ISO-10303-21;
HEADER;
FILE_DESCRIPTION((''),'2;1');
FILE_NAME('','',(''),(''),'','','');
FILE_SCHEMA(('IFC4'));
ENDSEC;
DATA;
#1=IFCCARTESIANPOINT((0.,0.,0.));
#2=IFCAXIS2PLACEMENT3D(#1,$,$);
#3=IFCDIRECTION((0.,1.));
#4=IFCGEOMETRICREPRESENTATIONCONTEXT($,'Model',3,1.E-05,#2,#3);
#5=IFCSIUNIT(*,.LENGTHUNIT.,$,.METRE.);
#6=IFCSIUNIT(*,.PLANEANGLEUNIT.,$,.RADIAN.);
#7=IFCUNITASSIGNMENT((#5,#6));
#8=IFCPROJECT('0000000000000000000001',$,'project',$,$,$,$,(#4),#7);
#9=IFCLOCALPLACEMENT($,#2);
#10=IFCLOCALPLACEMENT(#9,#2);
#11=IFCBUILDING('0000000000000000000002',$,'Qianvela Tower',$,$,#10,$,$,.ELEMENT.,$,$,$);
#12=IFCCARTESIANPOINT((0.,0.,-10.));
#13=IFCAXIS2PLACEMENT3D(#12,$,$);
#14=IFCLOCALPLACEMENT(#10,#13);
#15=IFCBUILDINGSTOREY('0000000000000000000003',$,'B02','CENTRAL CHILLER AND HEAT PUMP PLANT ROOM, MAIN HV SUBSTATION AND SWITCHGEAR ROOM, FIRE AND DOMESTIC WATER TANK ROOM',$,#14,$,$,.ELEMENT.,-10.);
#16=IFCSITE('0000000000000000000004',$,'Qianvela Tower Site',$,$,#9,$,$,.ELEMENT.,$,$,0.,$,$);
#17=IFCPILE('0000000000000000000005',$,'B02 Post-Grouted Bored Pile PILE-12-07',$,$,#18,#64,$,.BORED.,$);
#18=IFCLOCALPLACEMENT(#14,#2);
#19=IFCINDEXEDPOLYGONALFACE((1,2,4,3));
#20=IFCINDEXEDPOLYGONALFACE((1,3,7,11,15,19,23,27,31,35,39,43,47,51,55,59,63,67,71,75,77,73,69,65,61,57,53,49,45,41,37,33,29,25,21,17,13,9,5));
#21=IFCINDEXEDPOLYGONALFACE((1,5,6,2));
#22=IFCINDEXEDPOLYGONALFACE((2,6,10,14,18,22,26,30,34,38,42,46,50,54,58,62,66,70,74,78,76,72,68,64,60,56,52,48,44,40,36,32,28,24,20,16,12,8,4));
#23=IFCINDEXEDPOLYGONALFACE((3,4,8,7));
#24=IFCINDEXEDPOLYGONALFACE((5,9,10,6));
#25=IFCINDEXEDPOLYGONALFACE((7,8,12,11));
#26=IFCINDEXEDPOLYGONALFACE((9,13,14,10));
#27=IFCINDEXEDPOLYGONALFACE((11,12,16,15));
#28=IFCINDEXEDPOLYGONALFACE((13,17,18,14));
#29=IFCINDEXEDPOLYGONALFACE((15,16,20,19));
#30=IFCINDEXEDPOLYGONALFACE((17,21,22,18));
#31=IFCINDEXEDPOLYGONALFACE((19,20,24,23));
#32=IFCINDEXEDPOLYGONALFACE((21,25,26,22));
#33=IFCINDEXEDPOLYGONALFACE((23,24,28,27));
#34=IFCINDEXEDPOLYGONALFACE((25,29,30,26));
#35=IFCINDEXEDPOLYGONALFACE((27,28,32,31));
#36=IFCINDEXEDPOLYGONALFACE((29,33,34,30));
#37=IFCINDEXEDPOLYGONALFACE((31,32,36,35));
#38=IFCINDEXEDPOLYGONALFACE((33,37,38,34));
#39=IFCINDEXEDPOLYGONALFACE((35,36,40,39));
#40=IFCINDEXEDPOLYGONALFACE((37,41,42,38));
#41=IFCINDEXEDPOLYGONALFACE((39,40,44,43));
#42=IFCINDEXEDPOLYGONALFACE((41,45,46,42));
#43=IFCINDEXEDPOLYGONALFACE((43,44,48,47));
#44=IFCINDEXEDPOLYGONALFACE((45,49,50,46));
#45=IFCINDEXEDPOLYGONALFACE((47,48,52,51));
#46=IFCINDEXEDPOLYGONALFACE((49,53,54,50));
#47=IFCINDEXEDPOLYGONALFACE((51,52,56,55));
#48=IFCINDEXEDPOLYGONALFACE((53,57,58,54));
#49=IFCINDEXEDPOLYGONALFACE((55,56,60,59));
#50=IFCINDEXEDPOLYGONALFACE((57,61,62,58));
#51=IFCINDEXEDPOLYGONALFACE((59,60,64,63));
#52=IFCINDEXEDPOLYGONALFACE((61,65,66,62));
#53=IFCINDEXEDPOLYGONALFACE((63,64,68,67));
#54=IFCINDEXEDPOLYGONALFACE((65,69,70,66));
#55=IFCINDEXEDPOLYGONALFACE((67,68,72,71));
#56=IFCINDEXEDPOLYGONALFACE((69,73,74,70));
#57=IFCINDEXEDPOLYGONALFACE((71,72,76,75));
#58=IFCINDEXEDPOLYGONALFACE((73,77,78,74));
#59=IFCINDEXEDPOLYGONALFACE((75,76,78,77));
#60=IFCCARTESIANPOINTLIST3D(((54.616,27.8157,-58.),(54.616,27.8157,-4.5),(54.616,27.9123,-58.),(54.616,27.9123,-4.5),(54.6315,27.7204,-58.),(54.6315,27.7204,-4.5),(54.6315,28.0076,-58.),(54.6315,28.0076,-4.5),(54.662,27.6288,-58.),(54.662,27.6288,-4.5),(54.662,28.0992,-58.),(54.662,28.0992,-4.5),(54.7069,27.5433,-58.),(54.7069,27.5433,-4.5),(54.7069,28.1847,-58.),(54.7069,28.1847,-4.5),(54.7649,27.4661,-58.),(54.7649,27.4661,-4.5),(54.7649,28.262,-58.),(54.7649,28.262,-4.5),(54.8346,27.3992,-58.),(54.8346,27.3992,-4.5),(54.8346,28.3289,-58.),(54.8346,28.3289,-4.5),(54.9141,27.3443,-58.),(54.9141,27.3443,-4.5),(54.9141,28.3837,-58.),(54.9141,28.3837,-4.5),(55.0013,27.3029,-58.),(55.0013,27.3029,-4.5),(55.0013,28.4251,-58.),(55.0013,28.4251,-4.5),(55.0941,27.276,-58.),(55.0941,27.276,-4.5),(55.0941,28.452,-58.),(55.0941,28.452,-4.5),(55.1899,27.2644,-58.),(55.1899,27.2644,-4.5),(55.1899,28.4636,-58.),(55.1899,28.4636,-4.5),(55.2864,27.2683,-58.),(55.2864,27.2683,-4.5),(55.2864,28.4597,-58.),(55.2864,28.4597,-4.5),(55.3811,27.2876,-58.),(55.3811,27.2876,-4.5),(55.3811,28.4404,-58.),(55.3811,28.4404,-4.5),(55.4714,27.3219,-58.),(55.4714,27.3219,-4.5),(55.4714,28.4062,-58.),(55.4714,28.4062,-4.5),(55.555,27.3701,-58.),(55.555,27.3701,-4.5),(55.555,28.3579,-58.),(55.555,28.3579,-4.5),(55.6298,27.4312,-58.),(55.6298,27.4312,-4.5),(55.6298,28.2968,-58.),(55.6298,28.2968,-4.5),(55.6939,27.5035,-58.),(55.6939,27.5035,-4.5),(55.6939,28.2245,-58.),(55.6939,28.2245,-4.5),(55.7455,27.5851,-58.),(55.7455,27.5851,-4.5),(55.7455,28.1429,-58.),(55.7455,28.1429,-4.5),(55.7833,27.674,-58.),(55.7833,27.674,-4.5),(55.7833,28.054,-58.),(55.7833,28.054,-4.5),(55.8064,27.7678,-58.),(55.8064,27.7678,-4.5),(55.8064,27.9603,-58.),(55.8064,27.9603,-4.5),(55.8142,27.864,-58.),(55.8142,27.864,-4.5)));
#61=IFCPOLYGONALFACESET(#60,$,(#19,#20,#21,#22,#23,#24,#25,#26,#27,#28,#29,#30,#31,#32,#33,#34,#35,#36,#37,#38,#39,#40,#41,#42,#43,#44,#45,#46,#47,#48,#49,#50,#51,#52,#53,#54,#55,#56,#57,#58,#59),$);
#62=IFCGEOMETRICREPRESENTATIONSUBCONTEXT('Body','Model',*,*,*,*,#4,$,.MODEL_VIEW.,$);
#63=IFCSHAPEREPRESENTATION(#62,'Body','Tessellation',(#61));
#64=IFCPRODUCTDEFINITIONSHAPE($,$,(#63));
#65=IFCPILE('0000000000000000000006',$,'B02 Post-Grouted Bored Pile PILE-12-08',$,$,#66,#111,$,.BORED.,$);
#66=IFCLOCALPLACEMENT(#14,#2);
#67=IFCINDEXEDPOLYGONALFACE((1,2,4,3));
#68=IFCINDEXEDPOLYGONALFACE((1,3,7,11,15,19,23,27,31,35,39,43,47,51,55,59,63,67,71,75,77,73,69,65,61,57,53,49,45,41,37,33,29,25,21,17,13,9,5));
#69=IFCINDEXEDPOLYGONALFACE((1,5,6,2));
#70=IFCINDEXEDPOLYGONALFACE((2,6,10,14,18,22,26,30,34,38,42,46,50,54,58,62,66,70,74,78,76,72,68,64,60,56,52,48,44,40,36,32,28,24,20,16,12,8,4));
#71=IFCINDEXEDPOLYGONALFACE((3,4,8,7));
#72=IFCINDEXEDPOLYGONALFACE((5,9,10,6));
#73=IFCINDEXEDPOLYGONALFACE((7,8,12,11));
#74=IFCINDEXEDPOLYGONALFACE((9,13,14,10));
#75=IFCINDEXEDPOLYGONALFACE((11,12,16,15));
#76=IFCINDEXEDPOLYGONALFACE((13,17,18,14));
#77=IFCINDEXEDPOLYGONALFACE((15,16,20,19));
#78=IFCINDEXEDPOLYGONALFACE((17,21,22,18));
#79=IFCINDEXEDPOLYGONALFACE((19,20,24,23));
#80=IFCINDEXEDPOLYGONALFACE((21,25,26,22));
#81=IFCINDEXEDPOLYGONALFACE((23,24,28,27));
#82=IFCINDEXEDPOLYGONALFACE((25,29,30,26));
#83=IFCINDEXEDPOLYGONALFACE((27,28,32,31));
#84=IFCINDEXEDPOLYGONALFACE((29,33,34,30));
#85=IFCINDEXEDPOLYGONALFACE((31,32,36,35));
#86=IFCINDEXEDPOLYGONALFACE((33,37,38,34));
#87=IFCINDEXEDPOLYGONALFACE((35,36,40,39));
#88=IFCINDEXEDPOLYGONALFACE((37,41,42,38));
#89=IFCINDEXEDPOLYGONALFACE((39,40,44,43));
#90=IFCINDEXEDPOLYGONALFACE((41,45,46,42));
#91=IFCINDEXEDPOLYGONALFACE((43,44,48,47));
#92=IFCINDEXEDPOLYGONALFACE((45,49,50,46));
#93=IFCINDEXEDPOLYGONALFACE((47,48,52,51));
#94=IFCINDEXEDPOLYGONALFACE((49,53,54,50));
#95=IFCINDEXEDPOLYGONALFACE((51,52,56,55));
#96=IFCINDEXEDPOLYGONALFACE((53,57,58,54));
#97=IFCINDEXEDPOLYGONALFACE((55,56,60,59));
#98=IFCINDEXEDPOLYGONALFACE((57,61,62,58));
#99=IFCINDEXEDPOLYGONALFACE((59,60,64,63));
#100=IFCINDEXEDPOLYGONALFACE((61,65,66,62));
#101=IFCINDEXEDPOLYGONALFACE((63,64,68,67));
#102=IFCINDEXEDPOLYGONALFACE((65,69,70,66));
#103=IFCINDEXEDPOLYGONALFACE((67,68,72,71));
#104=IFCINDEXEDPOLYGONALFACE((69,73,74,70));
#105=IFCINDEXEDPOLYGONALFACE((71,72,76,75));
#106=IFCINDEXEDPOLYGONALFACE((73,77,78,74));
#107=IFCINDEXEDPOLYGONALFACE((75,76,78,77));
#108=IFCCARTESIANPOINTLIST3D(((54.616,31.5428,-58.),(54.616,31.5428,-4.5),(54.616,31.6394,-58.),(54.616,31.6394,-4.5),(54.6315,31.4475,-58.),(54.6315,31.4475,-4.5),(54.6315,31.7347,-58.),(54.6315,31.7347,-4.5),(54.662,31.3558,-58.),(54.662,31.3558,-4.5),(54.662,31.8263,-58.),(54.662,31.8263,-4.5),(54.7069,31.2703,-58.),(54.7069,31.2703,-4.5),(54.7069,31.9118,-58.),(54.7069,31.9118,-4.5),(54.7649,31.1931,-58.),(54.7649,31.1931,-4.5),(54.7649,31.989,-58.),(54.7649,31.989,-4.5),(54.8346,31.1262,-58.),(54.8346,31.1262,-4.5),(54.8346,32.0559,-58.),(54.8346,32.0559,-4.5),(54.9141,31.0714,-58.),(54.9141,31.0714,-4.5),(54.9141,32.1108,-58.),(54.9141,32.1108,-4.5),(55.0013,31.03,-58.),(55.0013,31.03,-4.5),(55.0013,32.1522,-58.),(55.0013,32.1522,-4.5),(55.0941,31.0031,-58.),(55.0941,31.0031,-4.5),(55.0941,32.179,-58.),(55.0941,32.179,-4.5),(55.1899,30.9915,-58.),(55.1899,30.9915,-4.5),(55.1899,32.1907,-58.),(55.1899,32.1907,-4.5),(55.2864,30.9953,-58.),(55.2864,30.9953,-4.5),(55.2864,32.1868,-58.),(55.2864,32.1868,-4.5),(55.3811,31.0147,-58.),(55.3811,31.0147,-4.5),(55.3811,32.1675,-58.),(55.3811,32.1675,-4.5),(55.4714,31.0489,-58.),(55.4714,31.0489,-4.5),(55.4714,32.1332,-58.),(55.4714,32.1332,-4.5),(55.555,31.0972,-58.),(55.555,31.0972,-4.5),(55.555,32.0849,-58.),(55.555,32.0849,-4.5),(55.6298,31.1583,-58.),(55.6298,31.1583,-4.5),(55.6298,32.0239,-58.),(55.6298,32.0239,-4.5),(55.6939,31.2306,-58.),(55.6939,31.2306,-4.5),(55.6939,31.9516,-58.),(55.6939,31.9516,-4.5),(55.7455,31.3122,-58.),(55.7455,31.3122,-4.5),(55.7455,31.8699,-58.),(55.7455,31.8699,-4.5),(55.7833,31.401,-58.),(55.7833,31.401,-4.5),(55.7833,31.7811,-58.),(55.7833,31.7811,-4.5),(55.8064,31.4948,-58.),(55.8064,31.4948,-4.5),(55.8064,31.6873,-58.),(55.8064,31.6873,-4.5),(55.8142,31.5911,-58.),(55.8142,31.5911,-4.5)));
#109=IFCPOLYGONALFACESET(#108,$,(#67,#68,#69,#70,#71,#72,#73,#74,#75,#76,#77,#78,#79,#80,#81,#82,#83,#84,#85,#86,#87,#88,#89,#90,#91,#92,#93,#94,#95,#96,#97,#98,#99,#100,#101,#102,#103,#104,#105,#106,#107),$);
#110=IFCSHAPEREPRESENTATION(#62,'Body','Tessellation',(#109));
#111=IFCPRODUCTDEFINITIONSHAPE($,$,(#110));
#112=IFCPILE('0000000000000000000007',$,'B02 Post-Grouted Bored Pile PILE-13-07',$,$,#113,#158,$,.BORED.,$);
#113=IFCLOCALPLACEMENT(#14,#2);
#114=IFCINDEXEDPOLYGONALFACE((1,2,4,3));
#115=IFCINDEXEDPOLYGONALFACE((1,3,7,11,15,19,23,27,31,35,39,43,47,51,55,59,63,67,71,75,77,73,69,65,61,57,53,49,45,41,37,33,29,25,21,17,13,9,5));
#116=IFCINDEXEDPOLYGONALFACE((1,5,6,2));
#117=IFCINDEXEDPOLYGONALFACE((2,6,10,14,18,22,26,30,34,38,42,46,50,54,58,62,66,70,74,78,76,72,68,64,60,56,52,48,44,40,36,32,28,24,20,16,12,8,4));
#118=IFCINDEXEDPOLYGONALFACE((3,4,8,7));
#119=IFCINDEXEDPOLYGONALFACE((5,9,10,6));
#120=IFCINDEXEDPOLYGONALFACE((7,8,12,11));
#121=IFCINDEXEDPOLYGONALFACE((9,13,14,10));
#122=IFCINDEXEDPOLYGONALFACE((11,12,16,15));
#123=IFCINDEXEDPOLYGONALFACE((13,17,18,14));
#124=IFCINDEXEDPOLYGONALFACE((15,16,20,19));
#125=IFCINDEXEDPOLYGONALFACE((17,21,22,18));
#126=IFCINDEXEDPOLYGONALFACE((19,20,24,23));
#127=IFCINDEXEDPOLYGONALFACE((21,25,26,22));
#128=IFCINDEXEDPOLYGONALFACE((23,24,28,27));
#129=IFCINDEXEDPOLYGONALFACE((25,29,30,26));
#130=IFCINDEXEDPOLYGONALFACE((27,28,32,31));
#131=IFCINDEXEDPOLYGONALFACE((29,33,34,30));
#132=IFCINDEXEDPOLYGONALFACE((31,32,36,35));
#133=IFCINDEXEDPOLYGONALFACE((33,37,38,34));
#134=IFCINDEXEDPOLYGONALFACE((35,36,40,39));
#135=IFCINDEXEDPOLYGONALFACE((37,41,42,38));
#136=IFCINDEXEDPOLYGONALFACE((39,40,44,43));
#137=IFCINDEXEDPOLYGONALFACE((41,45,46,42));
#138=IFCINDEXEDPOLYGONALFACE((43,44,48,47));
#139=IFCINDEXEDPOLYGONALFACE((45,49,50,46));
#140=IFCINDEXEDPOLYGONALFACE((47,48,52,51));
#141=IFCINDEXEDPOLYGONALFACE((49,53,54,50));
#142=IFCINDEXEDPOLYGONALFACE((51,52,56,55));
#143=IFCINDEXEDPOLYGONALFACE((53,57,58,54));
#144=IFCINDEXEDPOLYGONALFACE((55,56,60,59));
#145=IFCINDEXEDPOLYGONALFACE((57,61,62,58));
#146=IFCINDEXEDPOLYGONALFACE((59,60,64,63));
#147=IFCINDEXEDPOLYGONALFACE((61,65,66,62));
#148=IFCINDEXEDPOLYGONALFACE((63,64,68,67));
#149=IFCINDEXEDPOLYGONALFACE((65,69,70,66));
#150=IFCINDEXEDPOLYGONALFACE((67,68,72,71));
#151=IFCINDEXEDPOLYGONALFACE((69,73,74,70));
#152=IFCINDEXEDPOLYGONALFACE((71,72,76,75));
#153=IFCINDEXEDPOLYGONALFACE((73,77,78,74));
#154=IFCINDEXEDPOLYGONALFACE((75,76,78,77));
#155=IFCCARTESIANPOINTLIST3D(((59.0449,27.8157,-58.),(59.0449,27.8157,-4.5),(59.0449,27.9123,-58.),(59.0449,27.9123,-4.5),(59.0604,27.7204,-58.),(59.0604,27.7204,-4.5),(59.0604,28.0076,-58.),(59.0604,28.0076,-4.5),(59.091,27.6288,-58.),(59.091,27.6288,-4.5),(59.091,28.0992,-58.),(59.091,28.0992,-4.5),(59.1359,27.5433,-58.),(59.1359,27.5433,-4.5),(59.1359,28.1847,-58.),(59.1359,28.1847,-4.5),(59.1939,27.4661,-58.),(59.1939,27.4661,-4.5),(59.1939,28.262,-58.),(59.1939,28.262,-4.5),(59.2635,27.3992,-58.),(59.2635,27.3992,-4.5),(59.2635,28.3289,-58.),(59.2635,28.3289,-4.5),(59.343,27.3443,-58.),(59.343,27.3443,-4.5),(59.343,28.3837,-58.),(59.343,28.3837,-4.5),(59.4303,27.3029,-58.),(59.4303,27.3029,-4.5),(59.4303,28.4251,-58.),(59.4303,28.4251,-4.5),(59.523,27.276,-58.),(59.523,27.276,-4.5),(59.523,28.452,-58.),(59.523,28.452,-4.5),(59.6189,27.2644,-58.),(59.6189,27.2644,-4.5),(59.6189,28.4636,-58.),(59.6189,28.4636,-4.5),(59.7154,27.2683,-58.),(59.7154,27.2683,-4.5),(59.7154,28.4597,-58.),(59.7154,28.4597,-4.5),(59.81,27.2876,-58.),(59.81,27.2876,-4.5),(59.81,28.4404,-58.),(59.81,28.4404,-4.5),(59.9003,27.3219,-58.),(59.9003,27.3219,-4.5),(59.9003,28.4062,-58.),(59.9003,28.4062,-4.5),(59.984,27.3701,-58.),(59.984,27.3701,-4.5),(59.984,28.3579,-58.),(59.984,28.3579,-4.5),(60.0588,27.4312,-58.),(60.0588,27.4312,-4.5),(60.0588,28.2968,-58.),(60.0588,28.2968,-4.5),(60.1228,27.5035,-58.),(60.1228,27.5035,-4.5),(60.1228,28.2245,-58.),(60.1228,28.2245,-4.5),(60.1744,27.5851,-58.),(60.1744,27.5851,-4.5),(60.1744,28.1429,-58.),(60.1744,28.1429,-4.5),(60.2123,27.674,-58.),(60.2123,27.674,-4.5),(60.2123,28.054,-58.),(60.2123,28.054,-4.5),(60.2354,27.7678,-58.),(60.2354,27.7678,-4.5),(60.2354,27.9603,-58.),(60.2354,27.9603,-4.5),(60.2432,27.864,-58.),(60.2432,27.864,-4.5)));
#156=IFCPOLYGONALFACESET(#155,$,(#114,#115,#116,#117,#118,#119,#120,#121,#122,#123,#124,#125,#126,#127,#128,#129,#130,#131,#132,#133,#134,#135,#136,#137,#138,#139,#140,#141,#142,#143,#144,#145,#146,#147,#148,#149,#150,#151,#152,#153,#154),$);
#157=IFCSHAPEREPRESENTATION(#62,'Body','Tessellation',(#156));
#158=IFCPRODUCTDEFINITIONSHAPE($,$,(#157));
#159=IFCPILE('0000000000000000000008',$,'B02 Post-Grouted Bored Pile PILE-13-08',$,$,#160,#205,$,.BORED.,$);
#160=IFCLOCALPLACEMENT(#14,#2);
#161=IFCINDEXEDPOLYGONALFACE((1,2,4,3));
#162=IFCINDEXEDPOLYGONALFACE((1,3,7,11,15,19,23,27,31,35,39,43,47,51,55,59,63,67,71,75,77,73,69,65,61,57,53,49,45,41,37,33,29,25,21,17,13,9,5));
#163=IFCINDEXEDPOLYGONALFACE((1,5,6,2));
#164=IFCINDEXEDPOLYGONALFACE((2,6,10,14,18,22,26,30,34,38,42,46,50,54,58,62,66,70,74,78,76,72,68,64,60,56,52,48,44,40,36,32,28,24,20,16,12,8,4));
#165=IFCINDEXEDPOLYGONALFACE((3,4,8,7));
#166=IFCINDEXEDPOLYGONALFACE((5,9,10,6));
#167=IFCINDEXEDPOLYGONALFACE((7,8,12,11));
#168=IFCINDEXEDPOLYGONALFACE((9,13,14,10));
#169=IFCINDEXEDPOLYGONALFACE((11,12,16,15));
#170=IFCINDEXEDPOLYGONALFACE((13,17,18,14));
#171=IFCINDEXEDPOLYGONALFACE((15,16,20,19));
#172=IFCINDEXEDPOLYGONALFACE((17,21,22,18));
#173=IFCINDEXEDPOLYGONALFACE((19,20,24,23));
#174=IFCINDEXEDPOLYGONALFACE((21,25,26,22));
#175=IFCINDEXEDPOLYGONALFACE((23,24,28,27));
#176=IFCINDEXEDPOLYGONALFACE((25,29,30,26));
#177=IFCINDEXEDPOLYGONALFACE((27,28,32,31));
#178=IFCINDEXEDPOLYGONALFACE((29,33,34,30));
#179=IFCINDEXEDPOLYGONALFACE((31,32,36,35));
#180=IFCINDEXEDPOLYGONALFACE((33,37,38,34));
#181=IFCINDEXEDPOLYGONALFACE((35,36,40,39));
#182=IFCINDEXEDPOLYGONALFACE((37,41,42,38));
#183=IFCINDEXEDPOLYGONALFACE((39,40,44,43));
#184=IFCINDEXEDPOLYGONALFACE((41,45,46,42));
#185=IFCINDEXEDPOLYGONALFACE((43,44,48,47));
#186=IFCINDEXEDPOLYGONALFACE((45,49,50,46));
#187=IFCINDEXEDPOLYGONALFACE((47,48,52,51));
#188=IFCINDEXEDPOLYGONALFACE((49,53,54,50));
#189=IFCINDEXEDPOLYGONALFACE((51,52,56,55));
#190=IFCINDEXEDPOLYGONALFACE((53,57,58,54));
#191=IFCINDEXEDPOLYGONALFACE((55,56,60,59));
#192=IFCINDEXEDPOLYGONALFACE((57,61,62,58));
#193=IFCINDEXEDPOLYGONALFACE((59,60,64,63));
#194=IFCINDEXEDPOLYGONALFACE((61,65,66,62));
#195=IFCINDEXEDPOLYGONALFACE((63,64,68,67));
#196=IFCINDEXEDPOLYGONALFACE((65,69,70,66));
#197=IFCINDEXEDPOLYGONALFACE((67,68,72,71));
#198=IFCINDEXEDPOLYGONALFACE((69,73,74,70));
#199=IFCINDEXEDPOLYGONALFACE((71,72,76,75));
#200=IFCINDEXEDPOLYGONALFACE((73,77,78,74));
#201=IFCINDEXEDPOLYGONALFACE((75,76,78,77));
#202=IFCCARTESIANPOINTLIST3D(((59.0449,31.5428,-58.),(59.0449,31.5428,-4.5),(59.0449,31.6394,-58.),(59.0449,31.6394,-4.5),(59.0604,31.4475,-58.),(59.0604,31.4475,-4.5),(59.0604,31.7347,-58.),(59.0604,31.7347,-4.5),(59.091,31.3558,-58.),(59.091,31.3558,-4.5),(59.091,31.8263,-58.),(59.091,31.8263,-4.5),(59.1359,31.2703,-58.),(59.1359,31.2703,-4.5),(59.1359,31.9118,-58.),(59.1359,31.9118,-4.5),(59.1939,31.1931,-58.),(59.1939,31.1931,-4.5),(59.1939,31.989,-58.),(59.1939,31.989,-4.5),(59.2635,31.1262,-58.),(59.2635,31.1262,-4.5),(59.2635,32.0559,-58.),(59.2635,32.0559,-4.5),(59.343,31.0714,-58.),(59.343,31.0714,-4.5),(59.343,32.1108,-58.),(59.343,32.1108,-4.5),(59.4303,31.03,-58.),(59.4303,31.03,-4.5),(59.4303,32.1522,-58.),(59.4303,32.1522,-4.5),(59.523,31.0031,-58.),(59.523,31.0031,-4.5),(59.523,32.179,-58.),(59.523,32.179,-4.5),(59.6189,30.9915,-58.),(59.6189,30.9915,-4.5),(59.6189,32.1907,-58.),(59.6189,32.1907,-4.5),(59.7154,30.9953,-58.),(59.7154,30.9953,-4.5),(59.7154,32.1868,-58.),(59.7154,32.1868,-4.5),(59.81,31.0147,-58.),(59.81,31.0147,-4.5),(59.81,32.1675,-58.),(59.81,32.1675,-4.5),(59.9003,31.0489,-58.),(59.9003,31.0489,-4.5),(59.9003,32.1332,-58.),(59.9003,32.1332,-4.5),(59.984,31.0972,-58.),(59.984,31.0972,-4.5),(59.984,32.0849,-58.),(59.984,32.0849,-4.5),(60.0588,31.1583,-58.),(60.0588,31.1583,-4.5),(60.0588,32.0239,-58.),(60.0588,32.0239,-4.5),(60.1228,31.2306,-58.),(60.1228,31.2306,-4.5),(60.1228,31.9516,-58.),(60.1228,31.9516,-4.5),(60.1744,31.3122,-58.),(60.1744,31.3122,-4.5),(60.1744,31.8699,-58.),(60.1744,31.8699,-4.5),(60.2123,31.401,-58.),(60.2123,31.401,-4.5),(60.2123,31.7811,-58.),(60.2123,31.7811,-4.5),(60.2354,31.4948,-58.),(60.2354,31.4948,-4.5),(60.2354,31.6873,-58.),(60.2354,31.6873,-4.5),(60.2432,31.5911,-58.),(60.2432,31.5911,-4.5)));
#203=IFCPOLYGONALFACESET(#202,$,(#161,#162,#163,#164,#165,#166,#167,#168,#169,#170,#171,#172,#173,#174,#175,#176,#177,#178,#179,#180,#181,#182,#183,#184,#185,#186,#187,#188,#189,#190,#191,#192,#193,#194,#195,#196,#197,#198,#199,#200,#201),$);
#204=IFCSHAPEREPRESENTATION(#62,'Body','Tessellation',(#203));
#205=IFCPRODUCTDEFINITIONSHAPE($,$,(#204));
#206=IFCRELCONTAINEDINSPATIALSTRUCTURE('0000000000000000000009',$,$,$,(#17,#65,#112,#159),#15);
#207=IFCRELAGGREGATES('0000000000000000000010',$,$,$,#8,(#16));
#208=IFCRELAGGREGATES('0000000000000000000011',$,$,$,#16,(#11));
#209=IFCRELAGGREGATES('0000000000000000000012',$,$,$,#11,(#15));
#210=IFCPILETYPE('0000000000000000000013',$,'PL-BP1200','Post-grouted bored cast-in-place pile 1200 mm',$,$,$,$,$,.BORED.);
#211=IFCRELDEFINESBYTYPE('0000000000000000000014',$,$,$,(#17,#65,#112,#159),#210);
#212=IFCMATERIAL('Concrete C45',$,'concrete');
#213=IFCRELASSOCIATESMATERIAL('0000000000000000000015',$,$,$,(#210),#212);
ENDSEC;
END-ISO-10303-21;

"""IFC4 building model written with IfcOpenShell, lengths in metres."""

from ifc_helpers import new_model, si_unit, direction, frame, origin, origin_2d, place, context, subcontext, project, spatial, circle, extrude, material, material_profile, profile_set, type_object, element, save


model = new_model("IFC4")

# Units and contexts
model_context = context("Model", 3, precision=1e-05, world=origin(), true_north=direction((0.0, 1.0)))
body_context = subcontext(model_context, "Body", "Model", "MODEL_VIEW")
ifc_project = project(units=[si_unit("LENGTHUNIT", "METRE"), si_unit("PLANEANGLEUNIT", "RADIAN")], contexts=[model_context])

# Site, building, storey
site_placement = place(None, origin())
site = spatial("IfcSite", under=ifc_project, at=site_placement, Name="Qianvela Tower Site", CompositionType="ELEMENT", RefElevation=0.0)
building_placement = place(site_placement, origin())
building = spatial("IfcBuilding", under=site, at=building_placement, Name="Qianvela Tower", CompositionType="ELEMENT")
storey_placement = place(building_placement, frame((0.0, 0.0, -10.0)))
storey = spatial("IfcBuildingStorey", under=building, at=storey_placement, Name="B02", Description="CENTRAL CHILLER AND HEAT PUMP PLANT ROOM, MAIN HV SUBSTATION AND SWITCHGEAR ROOM, FIRE AND DOMESTIC WATER TANK ROOM", CompositionType="ELEMENT", Elevation=-10.0)

# Piles
ifc_material_1 = material(Name="Concrete C45", Category="concrete")
ifc_material_profile_1 = material_profile(ifc_material_1, circle(Radius=0.6001, at=origin_2d()), Name="BP-1200")
ifc_profile_set_1 = profile_set([ifc_material_profile_1], Name="Concrete C45")
pile_type_1 = type_object("IfcPileType", Name="PL-BP1200", Description="Post-grouted bored cast-in-place pile 1200 mm", PredefinedType="BORED", material=ifc_profile_set_1)
for number, where, z_axis, x_axis, name in (
    (1, (55.2141, 27.864, -4.5), (0.0, 0.0, -1.0), (1.0, 0.0, 0.0), "B02 Post-Grouted Bored Pile PILE-12-07"),
    (2, (55.2141, 31.5911, -4.5), (0.0, 0.0, -1.0), (1.0, 0.0, 0.0), "B02 Post-Grouted Bored Pile PILE-12-08"),
    (3, (59.6431, 27.864, -4.5), (0.0, 0.0, -1.0), (1.0, 0.0, 0.0), "B02 Post-Grouted Bored Pile PILE-13-07"),
    (4, (59.6431, 31.5911, -4.5), (0.0, 0.0, -1.0), (1.0, 0.0, 0.0), "B02 Post-Grouted Bored Pile PILE-13-08"),
):
    element("IfcPile", number, at=place(storey_placement, frame(where, z_axis=z_axis, x_axis=x_axis)), inside=storey, type_object=pile_type_1, Name=name, PredefinedType="BORED", context=body_context, shape_type="SweptSolid", body=[
        extrude(circle(Radius=0.6001, at=origin_2d()), origin(), (0.0, 0.0, 1.0), 53.5),
    ])

save(model, "model.ifc")
